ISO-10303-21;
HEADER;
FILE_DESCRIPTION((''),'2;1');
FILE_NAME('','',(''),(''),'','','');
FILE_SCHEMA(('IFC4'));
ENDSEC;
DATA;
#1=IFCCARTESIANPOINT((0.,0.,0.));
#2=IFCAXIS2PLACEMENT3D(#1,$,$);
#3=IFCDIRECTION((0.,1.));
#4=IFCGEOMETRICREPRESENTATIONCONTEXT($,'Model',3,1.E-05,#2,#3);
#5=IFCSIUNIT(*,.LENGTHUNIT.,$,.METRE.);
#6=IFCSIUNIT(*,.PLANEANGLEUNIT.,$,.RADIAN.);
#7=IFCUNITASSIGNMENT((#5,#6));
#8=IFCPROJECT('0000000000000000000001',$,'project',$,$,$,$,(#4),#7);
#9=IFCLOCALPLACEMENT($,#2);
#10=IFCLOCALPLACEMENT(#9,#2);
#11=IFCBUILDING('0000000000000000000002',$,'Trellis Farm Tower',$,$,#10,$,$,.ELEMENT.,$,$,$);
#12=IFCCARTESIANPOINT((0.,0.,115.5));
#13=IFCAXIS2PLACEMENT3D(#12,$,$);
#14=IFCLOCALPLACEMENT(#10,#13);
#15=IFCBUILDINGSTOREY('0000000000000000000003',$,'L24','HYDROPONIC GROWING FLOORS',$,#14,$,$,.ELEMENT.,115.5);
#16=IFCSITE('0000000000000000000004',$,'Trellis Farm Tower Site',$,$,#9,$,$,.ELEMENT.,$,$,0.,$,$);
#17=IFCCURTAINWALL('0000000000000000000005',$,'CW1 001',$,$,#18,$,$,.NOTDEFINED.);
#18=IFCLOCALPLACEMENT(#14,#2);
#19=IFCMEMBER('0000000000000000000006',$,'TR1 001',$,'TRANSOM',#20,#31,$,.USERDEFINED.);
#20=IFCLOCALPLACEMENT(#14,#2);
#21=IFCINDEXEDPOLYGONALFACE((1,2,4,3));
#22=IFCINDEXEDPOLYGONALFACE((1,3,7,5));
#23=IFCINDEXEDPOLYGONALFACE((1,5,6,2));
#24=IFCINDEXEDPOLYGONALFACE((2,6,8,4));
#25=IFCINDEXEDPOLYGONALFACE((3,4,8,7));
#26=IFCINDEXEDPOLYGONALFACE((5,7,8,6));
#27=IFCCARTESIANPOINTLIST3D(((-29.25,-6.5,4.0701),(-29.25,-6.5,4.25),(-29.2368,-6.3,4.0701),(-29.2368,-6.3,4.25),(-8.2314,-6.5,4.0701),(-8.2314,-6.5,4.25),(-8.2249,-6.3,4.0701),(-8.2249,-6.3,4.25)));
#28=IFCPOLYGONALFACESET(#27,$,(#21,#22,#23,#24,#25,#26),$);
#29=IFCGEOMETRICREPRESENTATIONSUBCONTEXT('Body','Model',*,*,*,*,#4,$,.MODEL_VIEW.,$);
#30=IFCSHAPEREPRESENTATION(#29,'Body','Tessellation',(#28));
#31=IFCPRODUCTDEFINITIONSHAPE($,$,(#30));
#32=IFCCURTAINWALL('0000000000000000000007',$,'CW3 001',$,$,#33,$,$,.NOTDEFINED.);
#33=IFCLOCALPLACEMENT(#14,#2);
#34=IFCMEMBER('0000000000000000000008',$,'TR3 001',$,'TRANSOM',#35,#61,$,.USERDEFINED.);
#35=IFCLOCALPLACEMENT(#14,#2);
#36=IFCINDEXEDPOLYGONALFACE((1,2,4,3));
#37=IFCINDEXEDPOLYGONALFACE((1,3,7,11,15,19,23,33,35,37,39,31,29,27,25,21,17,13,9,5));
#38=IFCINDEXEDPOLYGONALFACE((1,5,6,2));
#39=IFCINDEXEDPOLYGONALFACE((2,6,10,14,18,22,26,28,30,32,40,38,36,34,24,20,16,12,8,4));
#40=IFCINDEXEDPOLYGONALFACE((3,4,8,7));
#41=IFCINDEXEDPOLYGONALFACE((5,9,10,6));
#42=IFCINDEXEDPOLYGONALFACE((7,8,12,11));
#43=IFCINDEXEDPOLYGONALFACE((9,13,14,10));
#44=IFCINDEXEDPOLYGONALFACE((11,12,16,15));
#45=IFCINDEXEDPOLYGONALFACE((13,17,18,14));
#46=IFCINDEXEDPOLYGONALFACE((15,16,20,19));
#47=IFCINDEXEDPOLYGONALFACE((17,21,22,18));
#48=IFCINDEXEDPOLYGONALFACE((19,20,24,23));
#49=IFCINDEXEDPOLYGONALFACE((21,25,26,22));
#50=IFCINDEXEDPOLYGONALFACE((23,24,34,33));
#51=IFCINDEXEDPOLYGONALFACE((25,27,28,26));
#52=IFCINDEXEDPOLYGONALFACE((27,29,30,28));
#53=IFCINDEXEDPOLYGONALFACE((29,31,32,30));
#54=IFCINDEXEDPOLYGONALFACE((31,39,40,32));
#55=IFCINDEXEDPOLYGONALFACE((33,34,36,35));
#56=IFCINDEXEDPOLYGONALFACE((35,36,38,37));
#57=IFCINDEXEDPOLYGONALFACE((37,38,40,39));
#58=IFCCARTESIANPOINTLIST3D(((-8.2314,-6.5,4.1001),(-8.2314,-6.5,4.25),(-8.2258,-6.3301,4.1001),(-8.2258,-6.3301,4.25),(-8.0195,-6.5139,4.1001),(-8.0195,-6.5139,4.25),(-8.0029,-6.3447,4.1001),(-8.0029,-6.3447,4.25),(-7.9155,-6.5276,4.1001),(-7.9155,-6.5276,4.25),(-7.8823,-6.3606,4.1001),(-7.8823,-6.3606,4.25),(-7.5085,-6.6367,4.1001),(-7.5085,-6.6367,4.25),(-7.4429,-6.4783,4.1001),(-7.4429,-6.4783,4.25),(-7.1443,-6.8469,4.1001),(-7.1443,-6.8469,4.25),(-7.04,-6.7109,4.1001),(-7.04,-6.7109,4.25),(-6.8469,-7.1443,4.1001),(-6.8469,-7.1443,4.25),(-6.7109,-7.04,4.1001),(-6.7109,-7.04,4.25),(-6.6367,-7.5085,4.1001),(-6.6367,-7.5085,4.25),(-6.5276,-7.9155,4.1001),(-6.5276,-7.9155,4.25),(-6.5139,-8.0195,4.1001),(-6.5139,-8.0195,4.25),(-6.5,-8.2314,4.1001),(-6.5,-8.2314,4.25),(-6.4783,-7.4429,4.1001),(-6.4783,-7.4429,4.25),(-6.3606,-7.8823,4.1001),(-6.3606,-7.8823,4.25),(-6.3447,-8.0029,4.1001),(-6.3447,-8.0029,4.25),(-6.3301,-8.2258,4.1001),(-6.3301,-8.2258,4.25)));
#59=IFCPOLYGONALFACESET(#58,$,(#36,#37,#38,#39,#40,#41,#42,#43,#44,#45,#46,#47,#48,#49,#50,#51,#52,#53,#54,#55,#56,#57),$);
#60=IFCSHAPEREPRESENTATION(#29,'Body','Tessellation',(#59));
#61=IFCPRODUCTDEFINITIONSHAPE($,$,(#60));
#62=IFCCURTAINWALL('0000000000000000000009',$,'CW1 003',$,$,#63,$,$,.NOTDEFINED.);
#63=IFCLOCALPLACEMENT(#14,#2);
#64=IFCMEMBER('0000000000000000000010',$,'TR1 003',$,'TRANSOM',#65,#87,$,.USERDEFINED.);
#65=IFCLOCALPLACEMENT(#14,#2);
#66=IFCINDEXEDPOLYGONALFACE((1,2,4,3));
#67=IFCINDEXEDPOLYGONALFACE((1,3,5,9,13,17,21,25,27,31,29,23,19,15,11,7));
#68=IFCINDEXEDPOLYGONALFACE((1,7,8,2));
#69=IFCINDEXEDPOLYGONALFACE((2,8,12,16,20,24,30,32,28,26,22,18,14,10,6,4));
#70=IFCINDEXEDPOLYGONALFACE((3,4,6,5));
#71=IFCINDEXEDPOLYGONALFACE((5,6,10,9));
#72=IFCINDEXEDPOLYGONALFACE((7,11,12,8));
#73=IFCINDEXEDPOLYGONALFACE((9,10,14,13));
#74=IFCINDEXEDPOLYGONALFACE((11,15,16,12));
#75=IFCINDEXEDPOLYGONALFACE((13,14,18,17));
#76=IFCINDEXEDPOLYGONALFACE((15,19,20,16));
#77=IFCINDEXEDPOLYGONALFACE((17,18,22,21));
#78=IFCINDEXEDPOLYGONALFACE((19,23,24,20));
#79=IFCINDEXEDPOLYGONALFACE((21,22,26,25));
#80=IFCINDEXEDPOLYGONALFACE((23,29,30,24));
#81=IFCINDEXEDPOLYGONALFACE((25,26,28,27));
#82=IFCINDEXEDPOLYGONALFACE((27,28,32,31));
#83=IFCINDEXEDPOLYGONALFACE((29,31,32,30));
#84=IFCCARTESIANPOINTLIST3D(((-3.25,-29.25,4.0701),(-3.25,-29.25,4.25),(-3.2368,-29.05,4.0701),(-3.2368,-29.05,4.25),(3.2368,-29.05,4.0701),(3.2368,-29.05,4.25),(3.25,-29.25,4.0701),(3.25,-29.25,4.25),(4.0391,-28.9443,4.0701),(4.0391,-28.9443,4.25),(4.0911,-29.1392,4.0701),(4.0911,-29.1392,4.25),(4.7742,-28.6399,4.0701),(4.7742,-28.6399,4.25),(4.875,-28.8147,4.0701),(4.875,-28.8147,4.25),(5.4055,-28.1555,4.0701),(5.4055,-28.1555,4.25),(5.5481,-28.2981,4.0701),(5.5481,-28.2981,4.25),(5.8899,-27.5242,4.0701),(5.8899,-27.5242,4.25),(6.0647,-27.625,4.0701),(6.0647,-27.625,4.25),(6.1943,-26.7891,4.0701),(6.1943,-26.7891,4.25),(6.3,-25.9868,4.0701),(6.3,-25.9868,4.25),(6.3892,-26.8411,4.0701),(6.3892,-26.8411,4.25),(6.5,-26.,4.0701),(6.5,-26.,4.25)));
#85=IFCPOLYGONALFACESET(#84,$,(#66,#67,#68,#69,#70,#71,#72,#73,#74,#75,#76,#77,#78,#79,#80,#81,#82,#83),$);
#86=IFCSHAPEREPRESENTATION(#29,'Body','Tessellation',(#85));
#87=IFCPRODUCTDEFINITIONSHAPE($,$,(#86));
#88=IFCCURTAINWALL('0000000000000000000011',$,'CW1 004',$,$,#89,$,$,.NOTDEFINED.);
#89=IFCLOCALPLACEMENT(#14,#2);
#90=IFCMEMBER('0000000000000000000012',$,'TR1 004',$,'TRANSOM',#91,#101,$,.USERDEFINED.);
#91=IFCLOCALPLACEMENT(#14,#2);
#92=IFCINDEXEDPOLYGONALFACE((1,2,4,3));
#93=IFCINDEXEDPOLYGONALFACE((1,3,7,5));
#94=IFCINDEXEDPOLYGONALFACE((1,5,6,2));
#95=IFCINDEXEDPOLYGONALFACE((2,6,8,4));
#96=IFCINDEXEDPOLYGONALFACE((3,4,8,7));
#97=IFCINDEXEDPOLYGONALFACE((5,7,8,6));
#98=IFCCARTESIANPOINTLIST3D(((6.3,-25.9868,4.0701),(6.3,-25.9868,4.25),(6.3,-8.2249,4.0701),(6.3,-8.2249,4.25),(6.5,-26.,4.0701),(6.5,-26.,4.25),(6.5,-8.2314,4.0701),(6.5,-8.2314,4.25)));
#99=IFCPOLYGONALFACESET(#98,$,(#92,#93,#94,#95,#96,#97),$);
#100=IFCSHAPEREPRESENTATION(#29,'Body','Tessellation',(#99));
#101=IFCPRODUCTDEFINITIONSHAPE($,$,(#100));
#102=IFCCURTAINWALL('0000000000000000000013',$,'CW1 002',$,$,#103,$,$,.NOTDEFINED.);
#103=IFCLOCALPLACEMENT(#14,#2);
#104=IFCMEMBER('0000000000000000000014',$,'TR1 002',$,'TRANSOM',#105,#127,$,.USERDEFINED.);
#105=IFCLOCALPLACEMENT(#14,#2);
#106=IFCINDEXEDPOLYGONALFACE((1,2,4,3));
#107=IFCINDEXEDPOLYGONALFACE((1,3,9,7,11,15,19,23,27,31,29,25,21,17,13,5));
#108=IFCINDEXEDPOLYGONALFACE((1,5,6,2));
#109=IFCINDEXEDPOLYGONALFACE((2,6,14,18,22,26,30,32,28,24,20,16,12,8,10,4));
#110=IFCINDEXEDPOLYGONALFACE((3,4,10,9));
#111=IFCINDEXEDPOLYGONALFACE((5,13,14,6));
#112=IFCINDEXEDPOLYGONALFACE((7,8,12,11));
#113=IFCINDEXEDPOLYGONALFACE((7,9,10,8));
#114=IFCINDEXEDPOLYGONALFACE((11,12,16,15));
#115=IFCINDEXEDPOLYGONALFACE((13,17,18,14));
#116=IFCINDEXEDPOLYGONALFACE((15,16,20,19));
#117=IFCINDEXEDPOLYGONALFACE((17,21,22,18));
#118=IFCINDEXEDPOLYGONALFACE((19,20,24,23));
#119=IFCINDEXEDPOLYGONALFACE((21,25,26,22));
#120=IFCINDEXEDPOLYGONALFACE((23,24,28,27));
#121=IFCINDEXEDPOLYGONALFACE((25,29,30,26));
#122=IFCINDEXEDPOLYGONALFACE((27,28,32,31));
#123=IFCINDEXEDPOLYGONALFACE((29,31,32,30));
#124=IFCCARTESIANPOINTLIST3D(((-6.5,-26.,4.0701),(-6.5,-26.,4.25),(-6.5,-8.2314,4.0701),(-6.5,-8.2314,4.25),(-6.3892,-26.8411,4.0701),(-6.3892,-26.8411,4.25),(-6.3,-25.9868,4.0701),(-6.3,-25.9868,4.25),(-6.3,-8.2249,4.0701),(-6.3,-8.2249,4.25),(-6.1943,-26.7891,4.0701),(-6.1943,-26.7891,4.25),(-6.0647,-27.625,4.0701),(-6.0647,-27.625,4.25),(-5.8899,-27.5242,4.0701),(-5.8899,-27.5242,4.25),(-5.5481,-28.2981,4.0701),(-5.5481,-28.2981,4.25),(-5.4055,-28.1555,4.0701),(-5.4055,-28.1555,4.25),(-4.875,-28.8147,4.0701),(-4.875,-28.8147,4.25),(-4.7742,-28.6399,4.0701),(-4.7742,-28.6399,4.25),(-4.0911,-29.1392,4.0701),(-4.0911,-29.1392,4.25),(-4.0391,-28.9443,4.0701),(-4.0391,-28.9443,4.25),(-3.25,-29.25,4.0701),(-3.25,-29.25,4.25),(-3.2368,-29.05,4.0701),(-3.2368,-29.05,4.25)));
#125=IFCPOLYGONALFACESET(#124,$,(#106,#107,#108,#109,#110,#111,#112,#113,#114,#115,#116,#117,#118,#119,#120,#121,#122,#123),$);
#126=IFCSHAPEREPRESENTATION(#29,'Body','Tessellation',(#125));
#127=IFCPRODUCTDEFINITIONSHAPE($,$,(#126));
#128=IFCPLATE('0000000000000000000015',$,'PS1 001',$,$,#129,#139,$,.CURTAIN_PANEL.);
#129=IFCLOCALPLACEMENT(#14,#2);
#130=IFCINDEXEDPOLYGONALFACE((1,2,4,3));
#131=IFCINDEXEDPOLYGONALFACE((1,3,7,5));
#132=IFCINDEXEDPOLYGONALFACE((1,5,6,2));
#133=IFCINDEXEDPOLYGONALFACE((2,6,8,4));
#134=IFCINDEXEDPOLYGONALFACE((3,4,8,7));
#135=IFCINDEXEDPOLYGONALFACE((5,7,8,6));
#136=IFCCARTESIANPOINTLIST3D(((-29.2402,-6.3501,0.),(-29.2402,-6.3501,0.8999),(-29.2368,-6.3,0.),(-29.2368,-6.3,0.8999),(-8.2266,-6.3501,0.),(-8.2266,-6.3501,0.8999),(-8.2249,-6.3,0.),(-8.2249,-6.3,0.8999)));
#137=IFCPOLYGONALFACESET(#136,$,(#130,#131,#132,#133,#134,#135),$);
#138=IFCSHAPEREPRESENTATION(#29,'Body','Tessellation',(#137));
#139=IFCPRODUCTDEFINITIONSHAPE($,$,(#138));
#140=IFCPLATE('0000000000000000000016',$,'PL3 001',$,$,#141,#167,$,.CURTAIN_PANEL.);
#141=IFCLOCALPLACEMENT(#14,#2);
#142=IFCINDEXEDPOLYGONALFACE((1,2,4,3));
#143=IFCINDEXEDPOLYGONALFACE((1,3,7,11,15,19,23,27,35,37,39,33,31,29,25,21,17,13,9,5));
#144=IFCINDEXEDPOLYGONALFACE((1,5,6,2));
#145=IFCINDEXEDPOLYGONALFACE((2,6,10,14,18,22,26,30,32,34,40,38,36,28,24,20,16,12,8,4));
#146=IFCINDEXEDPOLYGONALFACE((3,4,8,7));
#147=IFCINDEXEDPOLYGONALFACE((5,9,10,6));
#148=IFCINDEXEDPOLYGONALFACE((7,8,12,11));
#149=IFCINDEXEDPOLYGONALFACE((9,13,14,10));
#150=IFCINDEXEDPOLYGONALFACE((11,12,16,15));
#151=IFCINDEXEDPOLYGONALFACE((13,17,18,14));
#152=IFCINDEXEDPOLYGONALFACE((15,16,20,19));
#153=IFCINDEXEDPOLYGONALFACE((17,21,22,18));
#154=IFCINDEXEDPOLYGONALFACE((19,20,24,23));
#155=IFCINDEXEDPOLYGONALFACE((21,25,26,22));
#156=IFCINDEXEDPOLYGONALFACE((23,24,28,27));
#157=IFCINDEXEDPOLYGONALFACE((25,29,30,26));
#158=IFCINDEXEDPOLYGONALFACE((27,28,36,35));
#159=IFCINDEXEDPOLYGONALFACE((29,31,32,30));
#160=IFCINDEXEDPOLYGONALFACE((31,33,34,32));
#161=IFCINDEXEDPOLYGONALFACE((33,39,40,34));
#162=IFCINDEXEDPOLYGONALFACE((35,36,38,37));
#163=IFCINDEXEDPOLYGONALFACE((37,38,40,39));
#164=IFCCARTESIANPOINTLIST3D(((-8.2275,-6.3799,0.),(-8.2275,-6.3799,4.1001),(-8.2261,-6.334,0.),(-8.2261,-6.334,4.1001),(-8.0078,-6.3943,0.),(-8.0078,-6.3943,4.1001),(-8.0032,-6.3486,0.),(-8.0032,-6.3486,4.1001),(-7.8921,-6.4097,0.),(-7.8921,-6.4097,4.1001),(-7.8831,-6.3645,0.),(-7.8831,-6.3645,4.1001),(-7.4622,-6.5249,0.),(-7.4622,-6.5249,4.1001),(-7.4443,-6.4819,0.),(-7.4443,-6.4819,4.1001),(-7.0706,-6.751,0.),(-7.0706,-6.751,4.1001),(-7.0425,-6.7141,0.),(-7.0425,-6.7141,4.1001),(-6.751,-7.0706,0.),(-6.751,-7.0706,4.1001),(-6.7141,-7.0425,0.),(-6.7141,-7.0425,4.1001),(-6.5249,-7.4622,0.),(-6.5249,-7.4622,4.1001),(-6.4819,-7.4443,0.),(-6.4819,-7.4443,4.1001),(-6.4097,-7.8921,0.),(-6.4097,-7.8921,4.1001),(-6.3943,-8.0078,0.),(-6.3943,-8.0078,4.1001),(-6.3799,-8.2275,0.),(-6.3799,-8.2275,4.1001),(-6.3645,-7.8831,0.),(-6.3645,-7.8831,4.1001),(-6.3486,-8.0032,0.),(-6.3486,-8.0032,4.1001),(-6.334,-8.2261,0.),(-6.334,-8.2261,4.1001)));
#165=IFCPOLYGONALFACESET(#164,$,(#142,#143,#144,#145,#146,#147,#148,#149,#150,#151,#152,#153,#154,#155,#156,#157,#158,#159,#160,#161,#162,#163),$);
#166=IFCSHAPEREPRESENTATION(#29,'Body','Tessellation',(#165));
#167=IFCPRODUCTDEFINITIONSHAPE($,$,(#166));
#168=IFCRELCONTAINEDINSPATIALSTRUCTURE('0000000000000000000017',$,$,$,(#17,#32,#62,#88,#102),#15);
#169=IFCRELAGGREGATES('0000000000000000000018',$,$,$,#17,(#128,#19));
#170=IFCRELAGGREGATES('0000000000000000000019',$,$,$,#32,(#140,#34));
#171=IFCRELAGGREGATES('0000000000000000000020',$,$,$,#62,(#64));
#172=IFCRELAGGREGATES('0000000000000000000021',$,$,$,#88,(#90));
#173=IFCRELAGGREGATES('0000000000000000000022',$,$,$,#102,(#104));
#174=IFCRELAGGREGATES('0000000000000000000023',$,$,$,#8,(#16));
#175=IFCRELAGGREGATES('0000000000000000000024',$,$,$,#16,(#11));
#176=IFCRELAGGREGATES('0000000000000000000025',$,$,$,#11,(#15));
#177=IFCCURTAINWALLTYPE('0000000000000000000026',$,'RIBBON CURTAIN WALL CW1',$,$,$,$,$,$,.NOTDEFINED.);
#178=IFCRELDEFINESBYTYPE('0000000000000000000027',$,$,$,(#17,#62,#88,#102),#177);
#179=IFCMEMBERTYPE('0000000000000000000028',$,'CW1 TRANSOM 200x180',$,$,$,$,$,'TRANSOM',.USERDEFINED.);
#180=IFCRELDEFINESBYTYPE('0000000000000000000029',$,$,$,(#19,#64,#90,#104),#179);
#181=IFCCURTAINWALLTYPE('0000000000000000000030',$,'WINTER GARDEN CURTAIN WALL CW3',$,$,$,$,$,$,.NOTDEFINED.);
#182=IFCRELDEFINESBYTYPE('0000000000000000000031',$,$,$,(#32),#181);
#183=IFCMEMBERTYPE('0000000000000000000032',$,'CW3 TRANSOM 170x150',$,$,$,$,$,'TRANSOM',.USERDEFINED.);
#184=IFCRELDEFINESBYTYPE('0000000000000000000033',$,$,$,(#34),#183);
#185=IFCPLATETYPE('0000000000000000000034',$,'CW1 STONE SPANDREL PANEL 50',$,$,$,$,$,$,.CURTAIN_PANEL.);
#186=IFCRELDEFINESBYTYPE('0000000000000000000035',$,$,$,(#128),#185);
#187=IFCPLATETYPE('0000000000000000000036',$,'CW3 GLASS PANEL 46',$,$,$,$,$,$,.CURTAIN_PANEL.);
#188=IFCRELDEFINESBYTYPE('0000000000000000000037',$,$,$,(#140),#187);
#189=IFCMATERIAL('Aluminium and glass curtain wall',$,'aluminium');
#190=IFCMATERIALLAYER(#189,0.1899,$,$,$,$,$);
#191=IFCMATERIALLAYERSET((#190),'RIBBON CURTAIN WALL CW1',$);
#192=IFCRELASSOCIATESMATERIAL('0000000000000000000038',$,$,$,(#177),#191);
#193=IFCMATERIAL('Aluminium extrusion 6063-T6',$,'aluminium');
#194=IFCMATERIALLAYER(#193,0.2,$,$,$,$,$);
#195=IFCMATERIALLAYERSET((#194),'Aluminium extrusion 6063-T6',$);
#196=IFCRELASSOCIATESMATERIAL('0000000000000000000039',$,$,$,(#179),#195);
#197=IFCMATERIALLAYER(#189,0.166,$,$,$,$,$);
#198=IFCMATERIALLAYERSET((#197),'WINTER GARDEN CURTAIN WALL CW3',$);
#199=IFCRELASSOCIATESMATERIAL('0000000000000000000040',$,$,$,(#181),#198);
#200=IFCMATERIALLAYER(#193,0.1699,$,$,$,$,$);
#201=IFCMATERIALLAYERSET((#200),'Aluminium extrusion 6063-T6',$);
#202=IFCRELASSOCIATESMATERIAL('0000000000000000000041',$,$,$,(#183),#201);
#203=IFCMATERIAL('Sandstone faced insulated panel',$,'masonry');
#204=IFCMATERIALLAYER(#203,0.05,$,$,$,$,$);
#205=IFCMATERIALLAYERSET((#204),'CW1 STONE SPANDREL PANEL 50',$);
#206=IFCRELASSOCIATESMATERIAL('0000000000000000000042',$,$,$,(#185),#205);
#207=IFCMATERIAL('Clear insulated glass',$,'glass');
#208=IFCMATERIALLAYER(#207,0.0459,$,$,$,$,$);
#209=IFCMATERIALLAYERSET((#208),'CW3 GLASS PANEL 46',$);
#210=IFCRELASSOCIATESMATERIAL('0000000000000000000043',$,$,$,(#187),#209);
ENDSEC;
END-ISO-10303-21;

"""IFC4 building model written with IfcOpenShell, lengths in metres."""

from ifc_helpers import new_model, si_unit, direction, frame, origin, place, context, subcontext, project, spatial, polyline, outline, extrude, source, transform, mapped, material, layer, layer_set, type_object, element, aggregate, save


model = new_model("IFC4")

# Units and contexts
model_context = context("Model", 3, precision=1e-05, world=origin(), true_north=direction((0.0, 1.0)))
body_context = subcontext(model_context, "Body", "Model", "MODEL_VIEW")
ifc_project = project(units=[si_unit("LENGTHUNIT", "METRE"), si_unit("PLANEANGLEUNIT", "RADIAN")], contexts=[model_context])

# Site, building, storey
site_placement = place(None, origin())
site = spatial("IfcSite", under=ifc_project, at=site_placement, Name="Trellis Farm Tower Site", CompositionType="ELEMENT", RefElevation=0.0)
building_placement = place(site_placement, origin())
building = spatial("IfcBuilding", under=site, at=building_placement, Name="Trellis Farm Tower", CompositionType="ELEMENT")
storey_placement = place(building_placement, frame((0.0, 0.0, 115.5)))
storey = spatial("IfcBuildingStorey", under=building, at=storey_placement, Name="L24", Description="HYDROPONIC GROWING FLOORS", CompositionType="ELEMENT", Elevation=115.5)

# Curtain walls, members
ifc_material_1 = material(Name="Aluminium and glass curtain wall", Category="aluminium")
ifc_layer_1 = layer(ifc_material_1, 0.1899)
ifc_layer_set_1 = layer_set([ifc_layer_1], Name="RIBBON CURTAIN WALL CW1")
curtain_wall_type_1 = type_object("IfcCurtainWallType", Name="RIBBON CURTAIN WALL CW1", PredefinedType="NOTDEFINED", material=ifc_layer_set_1)
placement_1 = place(storey_placement, origin())
curtain_wall_1 = element("IfcCurtainWall", 1, at=placement_1, inside=storey, type_object=curtain_wall_type_1, Name="CW1 001", PredefinedType="NOTDEFINED")
ifc_material_2 = material(Name="Aluminium extrusion 6063-T6", Category="aluminium")
ifc_layer_2 = layer(ifc_material_2, 0.2)
ifc_layer_set_2 = layer_set([ifc_layer_2], Name="Aluminium extrusion 6063-T6")
member_type_1 = type_object("IfcMemberType", Name="CW1 TRANSOM 200x180", ElementType="TRANSOM", PredefinedType="USERDEFINED", material=ifc_layer_set_2)
shared_shape_1 = source(origin(), body_context, "Body", "SweptSolid", [
    extrude(outline(polyline([(-29.25, -6.5), (-8.2314, -6.5), (-8.2249, -6.3), (-29.2368, -6.3), (-29.25, -6.5)])), origin(), (0.0, 0.0, 1.0), 0.1799),
])
placement_2 = place(storey_placement, frame((0.0, 0.0, 4.0701)))
member_1 = element("IfcMember", 2, at=placement_2, type_object=member_type_1, Name="TR1 001", ObjectType="TRANSOM", PredefinedType="USERDEFINED", context=body_context, shape_type="MappedRepresentation", body=[
    mapped(shared_shape_1, transform((0.0, 0.0, 0.0))),
])
ifc_layer_3 = layer(ifc_material_1, 0.166)
ifc_layer_set_3 = layer_set([ifc_layer_3], Name="WINTER GARDEN CURTAIN WALL CW3")
curtain_wall_type_2 = type_object("IfcCurtainWallType", Name="WINTER GARDEN CURTAIN WALL CW3", PredefinedType="NOTDEFINED", material=ifc_layer_set_3)
curtain_wall_2 = element("IfcCurtainWall", 3, at=placement_1, inside=storey, type_object=curtain_wall_type_2, Name="CW3 001", PredefinedType="NOTDEFINED")
ifc_layer_4 = layer(ifc_material_2, 0.1699)
ifc_layer_set_4 = layer_set([ifc_layer_4], Name="Aluminium extrusion 6063-T6")
member_type_2 = type_object("IfcMemberType", Name="CW3 TRANSOM 170x150", ElementType="TRANSOM", PredefinedType="USERDEFINED", material=ifc_layer_set_4)
shared_shape_2 = source(origin(), body_context, "Body", "SweptSolid", [
    extrude(outline(polyline([(-8.2314, -6.5), (-8.0195, -6.5139), (-7.9155, -6.5276), (-7.5085, -6.6367), (-7.1443, -6.8469), (-6.8469, -7.1443), (-6.6367, -7.5085), (-6.5276, -7.9155), (-6.5139, -8.0195), (-6.5, -8.2314), (-6.3301, -8.2258), (-6.3447, -8.0029), (-6.3606, -7.8823), (-6.4783, -7.4429), (-6.7109, -7.04), (-7.04, -6.7109), (-7.4429, -6.4783), (-7.8823, -6.3606), (-8.0029, -6.3447), (-8.2258, -6.3301), (-8.2314, -6.5)])), origin(), (0.0, 0.0, 1.0), 0.1499),
])
member_2_placement = place(storey_placement, frame((0.0, 0.0, 4.1001)))
member_2 = element("IfcMember", 4, at=member_2_placement, type_object=member_type_2, Name="TR3 001", ObjectType="TRANSOM", PredefinedType="USERDEFINED", context=body_context, shape_type="MappedRepresentation", body=[
    mapped(shared_shape_2, transform((0.0, 0.0, 0.0))),
])
curtain_wall_3 = element("IfcCurtainWall", 5, at=placement_1, inside=storey, type_object=curtain_wall_type_1, Name="CW1 003", PredefinedType="NOTDEFINED")
shared_shape_3 = source(origin(), body_context, "Body", "SweptSolid", [
    extrude(outline(polyline([(-3.25, -29.25), (3.25, -29.25), (4.0911, -29.1392), (4.875, -28.8147), (5.5481, -28.2981), (6.0647, -27.625), (6.3892, -26.8411), (6.5, -26.0), (6.3, -25.9868), (6.1943, -26.7891), (5.8899, -27.5242), (5.4055, -28.1555), (4.7742, -28.6399), (4.0391, -28.9443), (3.2368, -29.05), (-3.2368, -29.05), (-3.25, -29.25)])), origin(), (0.0, 0.0, 1.0), 0.1799),
])
member_3 = element("IfcMember", 6, at=placement_2, type_object=member_type_1, Name="TR1 003", ObjectType="TRANSOM", PredefinedType="USERDEFINED", context=body_context, shape_type="MappedRepresentation", body=[
    mapped(shared_shape_3, transform((0.0, 0.0, 0.0))),
])
curtain_wall_4 = element("IfcCurtainWall", 7, at=placement_1, inside=storey, type_object=curtain_wall_type_1, Name="CW1 004", PredefinedType="NOTDEFINED")
shared_shape_4 = source(origin(), body_context, "Body", "SweptSolid", [
    extrude(outline(polyline([(6.5, -26.0), (6.5, -8.2314), (6.3, -8.2249), (6.3, -25.9868), (6.5, -26.0)])), origin(), (0.0, 0.0, 1.0), 0.1799),
])
member_4 = element("IfcMember", 8, at=placement_2, type_object=member_type_1, Name="TR1 004", ObjectType="TRANSOM", PredefinedType="USERDEFINED", context=body_context, shape_type="MappedRepresentation", body=[
    mapped(shared_shape_4, transform((0.0, 0.0, 0.0))),
])
curtain_wall_5 = element("IfcCurtainWall", 9, at=placement_1, inside=storey, type_object=curtain_wall_type_1, Name="CW1 002", PredefinedType="NOTDEFINED")
shared_shape_5 = source(origin(), body_context, "Body", "SweptSolid", [
    extrude(outline(polyline([(-6.5, -8.2314), (-6.5, -26.0), (-6.3892, -26.8411), (-6.0647, -27.625), (-5.5481, -28.2981), (-4.875, -28.8147), (-4.0911, -29.1392), (-3.25, -29.25), (-3.2368, -29.05), (-4.0391, -28.9443), (-4.7742, -28.6399), (-5.4055, -28.1555), (-5.8899, -27.5242), (-6.1943, -26.7891), (-6.3, -25.9868), (-6.3, -8.2249), (-6.5, -8.2314)])), origin(), (0.0, 0.0, 1.0), 0.1799),
])
member_5 = element("IfcMember", 10, at=placement_2, type_object=member_type_1, Name="TR1 002", ObjectType="TRANSOM", PredefinedType="USERDEFINED", context=body_context, shape_type="MappedRepresentation", body=[
    mapped(shared_shape_5, transform((0.0, 0.0, 0.0))),
])

# Plates
ifc_material_3 = material(Name="Sandstone faced insulated panel", Category="masonry")
ifc_layer_5 = layer(ifc_material_3, 0.05)
ifc_layer_set_5 = layer_set([ifc_layer_5], Name="CW1 STONE SPANDREL PANEL 50")
plate_type_1 = type_object("IfcPlateType", Name="CW1 STONE SPANDREL PANEL 50", PredefinedType="CURTAIN_PANEL", material=ifc_layer_set_5)
shared_shape_6 = source(origin(), body_context, "Body", "SweptSolid", [
    extrude(outline(polyline([(-29.2402, -6.3501), (-8.2266, -6.3501), (-8.2249, -6.3), (-29.2368, -6.3), (-29.2402, -6.3501)])), origin(), (0.0, 0.0, 1.0), 0.8999),
])
plate_1 = element("IfcPlate", 11, at=placement_1, type_object=plate_type_1, Name="PS1 001", PredefinedType="CURTAIN_PANEL", context=body_context, shape_type="MappedRepresentation", body=[
    mapped(shared_shape_6, transform((0.0, 0.0, 0.0))),
])
aggregate(curtain_wall_1, [plate_1, member_1])
ifc_material_4 = material(Name="Clear insulated glass", Category="glass")
ifc_layer_6 = layer(ifc_material_4, 0.0459)
ifc_layer_set_6 = layer_set([ifc_layer_6], Name="CW3 GLASS PANEL 46")
plate_type_2 = type_object("IfcPlateType", Name="CW3 GLASS PANEL 46", PredefinedType="CURTAIN_PANEL", material=ifc_layer_set_6)
shared_shape_7 = source(origin(), body_context, "Body", "SweptSolid", [
    extrude(outline(polyline([(-8.2275, -6.3799), (-8.0078, -6.3943), (-7.8921, -6.4097), (-7.4622, -6.5249), (-7.0706, -6.751), (-6.751, -7.0706), (-6.5249, -7.4622), (-6.4097, -7.8921), (-6.3943, -8.0078), (-6.3799, -8.2275), (-6.334, -8.2261), (-6.3486, -8.0032), (-6.3645, -7.8831), (-6.4819, -7.4443), (-6.7141, -7.0425), (-7.0425, -6.7141), (-7.4443, -6.4819), (-7.8831, -6.3645), (-8.0032, -6.3486), (-8.2261, -6.334), (-8.2275, -6.3799)])), origin(), (0.0, 0.0, 1.0), 4.1001),
])
plate_2 = element("IfcPlate", 12, at=placement_1, type_object=plate_type_2, Name="PL3 001", PredefinedType="CURTAIN_PANEL", context=body_context, shape_type="MappedRepresentation", body=[
    mapped(shared_shape_7, transform((0.0, 0.0, 0.0))),
])
aggregate(curtain_wall_2, [plate_2, member_2])
aggregate(curtain_wall_3, [member_3])
aggregate(curtain_wall_4, [member_4])

aggregate(curtain_wall_5, [member_5])

save(model, "model.ifc")
